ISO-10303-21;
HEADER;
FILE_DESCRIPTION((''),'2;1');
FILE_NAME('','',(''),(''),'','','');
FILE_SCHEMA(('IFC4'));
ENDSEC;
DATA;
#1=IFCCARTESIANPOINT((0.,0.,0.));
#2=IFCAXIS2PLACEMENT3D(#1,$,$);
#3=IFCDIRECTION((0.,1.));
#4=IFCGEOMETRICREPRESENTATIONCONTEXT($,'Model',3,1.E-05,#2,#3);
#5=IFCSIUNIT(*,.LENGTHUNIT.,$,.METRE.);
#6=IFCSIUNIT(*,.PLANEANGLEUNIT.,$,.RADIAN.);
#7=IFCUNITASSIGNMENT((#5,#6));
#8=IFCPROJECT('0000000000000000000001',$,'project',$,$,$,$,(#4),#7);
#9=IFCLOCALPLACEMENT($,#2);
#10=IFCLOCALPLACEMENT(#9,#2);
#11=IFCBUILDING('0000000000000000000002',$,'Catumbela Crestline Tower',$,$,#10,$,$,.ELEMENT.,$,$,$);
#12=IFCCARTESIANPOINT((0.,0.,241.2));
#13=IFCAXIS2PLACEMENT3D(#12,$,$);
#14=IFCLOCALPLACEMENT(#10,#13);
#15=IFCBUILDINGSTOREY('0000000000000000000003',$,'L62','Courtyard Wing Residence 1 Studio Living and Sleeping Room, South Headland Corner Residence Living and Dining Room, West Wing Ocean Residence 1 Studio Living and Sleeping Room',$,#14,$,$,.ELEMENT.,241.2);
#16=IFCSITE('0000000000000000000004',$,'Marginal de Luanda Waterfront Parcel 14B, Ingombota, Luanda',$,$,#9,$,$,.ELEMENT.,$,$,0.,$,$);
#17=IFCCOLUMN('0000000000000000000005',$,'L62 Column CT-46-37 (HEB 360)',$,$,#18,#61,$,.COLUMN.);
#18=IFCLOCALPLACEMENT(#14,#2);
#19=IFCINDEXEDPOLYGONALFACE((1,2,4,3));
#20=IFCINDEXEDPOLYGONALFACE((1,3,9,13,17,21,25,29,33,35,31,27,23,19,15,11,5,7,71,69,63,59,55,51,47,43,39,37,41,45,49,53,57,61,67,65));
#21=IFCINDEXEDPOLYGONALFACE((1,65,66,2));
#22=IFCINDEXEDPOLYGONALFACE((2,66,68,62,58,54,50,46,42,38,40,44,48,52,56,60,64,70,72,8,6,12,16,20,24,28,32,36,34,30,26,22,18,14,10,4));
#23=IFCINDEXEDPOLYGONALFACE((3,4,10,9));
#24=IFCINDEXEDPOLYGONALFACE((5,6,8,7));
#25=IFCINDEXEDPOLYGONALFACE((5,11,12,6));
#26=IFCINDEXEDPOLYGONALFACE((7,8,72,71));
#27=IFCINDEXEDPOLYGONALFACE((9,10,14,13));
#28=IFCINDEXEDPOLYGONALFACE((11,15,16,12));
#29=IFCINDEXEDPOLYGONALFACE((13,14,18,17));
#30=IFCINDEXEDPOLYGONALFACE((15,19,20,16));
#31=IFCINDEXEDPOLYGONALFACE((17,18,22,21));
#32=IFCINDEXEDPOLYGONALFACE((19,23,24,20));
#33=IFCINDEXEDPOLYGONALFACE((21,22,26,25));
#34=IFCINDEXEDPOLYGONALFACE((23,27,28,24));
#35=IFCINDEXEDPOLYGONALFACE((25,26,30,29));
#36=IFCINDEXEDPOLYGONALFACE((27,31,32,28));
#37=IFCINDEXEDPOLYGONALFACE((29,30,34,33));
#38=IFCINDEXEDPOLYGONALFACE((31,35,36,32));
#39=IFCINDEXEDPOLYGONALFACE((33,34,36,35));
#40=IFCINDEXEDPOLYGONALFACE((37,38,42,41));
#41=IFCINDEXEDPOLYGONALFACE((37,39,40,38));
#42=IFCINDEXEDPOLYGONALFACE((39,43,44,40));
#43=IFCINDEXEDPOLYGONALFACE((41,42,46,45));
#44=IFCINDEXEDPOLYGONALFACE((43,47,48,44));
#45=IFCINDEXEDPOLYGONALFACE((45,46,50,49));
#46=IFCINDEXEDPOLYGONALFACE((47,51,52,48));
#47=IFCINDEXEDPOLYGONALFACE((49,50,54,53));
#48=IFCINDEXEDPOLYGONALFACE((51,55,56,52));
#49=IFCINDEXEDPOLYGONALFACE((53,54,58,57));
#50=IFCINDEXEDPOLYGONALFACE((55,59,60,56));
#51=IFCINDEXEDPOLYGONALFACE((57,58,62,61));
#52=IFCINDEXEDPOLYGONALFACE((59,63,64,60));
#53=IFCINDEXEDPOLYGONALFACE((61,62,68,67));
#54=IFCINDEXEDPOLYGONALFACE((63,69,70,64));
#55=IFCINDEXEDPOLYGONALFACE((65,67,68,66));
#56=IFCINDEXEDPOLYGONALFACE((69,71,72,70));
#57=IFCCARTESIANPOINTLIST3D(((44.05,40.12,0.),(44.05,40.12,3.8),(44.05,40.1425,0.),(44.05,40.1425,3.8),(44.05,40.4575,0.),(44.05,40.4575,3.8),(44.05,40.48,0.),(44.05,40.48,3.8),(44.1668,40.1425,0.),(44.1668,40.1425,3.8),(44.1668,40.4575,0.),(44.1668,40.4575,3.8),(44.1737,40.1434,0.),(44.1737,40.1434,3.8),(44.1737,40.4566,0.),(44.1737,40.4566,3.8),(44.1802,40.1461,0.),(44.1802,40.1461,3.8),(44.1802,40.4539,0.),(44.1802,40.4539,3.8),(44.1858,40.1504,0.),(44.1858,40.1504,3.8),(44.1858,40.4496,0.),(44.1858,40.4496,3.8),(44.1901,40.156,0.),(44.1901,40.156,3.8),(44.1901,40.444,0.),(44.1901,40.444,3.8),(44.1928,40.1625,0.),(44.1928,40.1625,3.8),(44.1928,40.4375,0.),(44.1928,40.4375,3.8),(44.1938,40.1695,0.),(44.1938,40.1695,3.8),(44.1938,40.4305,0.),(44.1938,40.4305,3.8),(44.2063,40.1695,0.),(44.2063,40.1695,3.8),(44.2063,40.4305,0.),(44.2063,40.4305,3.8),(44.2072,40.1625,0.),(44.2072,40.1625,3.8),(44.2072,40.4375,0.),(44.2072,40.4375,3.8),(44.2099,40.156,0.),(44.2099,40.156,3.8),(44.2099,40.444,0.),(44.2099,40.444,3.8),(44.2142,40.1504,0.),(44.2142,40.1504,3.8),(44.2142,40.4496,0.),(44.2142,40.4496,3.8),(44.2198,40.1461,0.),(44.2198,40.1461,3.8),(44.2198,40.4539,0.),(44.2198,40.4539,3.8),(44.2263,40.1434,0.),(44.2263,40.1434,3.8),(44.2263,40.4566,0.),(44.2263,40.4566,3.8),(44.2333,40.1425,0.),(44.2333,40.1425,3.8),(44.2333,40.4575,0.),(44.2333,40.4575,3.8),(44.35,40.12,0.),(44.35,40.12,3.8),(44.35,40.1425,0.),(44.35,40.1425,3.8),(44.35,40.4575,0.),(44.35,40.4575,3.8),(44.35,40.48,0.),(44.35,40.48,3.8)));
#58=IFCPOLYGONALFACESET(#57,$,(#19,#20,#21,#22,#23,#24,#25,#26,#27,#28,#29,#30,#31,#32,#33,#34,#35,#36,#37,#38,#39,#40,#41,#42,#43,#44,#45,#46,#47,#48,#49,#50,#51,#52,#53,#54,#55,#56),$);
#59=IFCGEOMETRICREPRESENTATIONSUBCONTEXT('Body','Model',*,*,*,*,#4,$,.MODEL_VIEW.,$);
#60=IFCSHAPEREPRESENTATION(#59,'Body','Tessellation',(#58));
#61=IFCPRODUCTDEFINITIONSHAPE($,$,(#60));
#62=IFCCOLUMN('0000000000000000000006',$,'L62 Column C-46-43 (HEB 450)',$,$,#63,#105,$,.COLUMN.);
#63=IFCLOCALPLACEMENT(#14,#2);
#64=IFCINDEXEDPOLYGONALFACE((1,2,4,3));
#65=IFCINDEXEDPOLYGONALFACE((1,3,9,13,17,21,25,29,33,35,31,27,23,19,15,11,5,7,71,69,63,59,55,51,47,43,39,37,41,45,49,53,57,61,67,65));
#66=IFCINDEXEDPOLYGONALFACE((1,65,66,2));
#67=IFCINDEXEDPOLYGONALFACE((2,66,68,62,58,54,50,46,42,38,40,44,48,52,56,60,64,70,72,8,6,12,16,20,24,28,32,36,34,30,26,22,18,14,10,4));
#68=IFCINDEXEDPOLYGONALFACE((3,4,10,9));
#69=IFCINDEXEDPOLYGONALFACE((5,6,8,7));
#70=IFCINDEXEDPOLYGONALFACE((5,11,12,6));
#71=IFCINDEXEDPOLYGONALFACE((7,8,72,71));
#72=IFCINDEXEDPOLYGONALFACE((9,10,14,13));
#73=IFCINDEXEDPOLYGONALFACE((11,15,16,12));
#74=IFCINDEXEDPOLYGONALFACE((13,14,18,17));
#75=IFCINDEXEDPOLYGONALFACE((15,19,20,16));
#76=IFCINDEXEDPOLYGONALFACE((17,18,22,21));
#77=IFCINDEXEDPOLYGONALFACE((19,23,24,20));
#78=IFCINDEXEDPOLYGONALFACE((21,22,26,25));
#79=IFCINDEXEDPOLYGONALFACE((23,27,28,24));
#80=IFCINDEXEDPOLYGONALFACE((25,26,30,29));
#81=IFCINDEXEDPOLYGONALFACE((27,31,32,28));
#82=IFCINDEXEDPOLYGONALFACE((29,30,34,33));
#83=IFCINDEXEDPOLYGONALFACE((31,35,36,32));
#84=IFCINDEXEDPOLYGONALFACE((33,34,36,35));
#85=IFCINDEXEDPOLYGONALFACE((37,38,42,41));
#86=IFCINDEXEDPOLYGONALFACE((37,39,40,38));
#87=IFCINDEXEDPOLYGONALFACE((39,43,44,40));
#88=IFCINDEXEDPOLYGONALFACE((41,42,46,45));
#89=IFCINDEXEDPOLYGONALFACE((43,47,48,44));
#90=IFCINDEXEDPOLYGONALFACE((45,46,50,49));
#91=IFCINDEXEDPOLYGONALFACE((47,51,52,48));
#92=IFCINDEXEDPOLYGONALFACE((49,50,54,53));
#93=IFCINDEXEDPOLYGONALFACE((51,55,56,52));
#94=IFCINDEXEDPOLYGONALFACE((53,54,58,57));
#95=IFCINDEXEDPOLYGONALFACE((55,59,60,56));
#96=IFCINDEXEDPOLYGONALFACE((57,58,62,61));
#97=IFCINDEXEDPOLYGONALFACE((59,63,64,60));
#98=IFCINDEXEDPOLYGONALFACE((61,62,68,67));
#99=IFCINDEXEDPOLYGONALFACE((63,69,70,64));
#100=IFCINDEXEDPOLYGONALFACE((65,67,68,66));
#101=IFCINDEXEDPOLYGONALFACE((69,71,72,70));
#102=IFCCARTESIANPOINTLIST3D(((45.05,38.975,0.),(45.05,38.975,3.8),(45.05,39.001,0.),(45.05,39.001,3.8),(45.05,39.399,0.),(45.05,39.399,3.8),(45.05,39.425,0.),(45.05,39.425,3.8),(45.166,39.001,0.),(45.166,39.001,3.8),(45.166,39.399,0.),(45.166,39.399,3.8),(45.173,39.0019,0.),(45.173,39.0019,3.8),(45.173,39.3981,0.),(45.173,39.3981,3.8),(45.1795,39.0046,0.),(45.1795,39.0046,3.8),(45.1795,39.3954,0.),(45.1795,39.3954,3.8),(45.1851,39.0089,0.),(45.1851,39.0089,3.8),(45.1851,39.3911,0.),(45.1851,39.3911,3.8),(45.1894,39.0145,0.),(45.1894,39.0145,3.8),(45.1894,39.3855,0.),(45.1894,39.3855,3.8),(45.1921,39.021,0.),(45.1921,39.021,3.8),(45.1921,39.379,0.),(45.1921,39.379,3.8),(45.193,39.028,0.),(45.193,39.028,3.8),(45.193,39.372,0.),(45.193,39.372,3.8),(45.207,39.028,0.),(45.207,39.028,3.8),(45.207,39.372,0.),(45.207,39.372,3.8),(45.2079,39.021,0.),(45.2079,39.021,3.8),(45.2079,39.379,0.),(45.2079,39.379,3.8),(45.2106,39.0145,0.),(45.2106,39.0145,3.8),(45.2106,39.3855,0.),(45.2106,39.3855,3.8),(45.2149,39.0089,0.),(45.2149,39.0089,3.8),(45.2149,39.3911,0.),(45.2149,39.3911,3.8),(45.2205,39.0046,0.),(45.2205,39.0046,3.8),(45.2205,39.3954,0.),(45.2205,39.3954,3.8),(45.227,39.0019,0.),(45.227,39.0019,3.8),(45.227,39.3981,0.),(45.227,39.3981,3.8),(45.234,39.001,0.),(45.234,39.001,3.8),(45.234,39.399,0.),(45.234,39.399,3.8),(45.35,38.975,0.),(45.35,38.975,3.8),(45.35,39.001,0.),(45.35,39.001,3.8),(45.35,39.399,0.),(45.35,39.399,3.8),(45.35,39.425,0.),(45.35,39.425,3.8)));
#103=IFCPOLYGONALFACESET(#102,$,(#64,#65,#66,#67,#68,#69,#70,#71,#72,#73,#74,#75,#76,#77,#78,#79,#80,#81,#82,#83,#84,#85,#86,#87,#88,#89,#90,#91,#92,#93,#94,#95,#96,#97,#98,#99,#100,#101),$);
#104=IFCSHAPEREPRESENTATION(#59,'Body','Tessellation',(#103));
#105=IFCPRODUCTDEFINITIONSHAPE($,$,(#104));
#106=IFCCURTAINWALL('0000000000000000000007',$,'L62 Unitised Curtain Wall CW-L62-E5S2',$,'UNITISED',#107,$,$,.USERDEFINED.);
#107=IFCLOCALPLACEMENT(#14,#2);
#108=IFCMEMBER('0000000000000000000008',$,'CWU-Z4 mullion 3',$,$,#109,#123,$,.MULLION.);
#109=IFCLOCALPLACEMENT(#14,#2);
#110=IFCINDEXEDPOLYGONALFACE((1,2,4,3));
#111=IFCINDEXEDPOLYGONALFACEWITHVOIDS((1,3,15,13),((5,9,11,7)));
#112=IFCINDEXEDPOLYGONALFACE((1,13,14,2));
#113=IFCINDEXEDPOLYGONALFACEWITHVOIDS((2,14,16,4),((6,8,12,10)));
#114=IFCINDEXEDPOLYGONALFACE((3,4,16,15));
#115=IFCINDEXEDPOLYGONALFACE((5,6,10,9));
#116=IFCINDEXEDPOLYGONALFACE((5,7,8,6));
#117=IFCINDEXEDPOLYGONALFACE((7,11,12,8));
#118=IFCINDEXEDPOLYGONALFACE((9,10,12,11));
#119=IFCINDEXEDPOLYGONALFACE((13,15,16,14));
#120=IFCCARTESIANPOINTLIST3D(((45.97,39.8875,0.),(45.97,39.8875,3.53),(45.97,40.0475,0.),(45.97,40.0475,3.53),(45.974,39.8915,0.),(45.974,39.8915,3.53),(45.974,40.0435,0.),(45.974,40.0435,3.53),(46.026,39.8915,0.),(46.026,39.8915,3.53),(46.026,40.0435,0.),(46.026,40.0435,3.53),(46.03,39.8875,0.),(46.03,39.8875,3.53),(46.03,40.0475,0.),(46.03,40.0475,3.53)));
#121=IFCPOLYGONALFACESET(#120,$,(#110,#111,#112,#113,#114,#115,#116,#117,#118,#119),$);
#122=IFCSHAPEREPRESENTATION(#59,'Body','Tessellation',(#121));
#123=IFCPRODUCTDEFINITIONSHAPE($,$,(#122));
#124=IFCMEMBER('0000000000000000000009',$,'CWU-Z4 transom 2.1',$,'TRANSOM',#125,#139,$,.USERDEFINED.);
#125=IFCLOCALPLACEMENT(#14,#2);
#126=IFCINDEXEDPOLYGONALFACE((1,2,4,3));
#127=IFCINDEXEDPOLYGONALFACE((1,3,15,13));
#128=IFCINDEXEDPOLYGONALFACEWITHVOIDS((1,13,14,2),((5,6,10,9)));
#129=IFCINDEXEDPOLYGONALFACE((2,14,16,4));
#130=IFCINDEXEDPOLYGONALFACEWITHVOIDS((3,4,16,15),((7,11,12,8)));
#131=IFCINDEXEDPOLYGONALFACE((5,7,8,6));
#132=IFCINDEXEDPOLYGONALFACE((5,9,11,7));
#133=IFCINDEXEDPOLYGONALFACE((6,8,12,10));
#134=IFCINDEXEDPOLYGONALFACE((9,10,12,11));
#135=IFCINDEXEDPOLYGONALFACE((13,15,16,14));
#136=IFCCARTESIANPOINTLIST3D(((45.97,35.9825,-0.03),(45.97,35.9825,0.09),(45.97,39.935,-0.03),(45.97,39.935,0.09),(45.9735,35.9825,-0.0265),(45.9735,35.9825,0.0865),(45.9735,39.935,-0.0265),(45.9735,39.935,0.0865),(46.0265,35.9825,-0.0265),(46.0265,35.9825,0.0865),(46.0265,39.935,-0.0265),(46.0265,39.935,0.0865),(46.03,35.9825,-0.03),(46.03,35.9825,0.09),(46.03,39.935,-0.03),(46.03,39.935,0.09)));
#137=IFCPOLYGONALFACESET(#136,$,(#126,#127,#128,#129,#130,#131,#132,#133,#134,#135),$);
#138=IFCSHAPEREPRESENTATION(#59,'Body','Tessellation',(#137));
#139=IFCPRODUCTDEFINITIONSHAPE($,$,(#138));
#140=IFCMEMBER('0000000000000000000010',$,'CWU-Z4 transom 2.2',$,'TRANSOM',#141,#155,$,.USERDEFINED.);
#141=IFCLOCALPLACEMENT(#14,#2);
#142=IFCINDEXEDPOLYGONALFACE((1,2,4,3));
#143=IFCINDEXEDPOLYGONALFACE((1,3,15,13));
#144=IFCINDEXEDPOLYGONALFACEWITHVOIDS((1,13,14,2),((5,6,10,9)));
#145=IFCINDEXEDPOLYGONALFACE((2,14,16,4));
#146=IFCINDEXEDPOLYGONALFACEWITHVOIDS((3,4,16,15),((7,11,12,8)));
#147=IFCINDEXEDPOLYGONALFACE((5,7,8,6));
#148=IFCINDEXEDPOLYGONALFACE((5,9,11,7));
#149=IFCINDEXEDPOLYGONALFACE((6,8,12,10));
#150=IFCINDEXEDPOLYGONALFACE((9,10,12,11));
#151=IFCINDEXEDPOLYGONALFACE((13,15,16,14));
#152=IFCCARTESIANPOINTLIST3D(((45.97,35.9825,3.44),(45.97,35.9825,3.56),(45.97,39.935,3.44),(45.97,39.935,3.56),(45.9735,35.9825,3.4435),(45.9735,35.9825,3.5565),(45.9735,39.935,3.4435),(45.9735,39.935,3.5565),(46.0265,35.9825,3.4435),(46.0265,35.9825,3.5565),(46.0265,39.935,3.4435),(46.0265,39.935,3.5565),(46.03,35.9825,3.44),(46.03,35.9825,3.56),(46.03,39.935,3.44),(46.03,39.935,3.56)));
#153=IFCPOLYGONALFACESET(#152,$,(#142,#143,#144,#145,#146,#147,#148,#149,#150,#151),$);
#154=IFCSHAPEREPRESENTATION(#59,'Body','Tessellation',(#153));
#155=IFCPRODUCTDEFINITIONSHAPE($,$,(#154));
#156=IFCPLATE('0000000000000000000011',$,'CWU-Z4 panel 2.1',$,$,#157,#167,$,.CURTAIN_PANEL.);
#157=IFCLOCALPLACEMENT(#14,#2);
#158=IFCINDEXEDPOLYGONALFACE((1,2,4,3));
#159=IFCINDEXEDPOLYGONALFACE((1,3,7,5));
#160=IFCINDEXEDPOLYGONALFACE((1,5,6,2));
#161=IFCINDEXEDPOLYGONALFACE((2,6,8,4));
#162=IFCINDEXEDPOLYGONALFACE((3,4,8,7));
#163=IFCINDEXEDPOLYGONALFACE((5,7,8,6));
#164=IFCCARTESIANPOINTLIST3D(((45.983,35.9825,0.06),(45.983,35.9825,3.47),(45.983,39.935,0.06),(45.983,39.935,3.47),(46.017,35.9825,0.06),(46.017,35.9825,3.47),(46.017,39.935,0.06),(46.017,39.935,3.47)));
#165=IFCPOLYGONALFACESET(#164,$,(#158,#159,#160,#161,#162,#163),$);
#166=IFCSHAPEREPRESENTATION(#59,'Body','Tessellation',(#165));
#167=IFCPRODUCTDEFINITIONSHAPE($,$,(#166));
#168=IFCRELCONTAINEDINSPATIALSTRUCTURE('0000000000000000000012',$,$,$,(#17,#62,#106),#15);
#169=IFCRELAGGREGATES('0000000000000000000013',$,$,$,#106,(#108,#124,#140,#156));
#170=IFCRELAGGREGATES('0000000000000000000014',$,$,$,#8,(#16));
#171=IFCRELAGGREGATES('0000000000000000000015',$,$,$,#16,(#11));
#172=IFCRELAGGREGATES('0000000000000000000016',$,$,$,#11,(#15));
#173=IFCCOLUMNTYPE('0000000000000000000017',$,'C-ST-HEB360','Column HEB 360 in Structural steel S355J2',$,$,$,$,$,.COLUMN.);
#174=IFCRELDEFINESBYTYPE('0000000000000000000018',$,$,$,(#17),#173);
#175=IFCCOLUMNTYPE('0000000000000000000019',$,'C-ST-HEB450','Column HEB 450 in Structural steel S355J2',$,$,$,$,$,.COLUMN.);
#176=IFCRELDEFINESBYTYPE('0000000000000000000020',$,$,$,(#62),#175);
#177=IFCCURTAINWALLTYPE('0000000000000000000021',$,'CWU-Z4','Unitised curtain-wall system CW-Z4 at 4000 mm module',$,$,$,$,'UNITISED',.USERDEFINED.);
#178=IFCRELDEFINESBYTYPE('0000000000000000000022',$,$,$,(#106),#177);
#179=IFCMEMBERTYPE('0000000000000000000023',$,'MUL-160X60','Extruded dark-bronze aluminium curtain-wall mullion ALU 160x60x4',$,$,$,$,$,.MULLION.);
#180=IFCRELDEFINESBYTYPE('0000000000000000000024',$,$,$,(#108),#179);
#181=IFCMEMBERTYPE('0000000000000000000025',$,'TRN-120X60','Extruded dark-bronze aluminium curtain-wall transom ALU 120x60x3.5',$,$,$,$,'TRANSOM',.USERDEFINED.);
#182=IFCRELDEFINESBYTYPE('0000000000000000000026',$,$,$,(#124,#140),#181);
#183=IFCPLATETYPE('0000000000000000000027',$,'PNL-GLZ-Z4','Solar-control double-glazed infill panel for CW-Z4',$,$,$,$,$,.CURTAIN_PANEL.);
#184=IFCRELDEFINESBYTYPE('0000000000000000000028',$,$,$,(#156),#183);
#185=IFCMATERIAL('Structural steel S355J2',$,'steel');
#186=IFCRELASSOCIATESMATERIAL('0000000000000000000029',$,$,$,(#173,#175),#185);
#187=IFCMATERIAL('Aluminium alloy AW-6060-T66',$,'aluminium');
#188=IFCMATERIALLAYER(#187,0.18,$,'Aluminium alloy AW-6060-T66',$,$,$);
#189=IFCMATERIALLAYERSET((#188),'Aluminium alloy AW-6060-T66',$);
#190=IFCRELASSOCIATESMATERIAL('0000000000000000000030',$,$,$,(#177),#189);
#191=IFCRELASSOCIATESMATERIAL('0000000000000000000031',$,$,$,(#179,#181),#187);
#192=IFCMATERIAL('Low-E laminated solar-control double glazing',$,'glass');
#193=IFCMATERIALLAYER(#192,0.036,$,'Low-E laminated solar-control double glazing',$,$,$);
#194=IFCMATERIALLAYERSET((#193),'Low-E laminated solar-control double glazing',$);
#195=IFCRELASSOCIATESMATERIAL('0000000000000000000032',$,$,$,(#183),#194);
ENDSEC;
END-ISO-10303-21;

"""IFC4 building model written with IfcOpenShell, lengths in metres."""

from ifc_helpers import new_model, si_unit, direction, frame, origin, origin_2d, place, context, subcontext, project, spatial, rectangle, hollow_rectangle, i_section, extrude, material, layer, layer_set, material_profile, profile_set, type_object, element, aggregate, save


model = new_model("IFC4")

# Units and contexts
model_context = context("Model", 3, precision=1e-05, world=origin(), true_north=direction((0.0, 1.0)))
body_context = subcontext(model_context, "Body", "Model", "MODEL_VIEW")
ifc_project = project(units=[si_unit("LENGTHUNIT", "METRE"), si_unit("PLANEANGLEUNIT", "RADIAN")], contexts=[model_context])

# Site, building, storey
site_placement = place(None, origin())
site = spatial("IfcSite", under=ifc_project, at=site_placement, Name="Marginal de Luanda Waterfront Parcel 14B, Ingombota, Luanda", CompositionType="ELEMENT", RefElevation=0.0)
building_placement = place(site_placement, origin())
building = spatial("IfcBuilding", under=site, at=building_placement, Name="Catumbela Crestline Tower", CompositionType="ELEMENT")
storey_placement = place(building_placement, frame((0.0, 0.0, 241.2)))
storey = spatial("IfcBuildingStorey", under=building, at=storey_placement, Name="L62", Description="Courtyard Wing Residence 1 Studio Living and Sleeping Room, South Headland Corner Residence Living and Dining Room, West Wing Ocean Residence 1 Studio Living and Sleeping Room", CompositionType="ELEMENT", Elevation=241.2)

# Columns
ifc_material_1 = material(Name="Structural steel S355J2", Category="steel")
ifc_material_profile_1 = material_profile(ifc_material_1, i_section(OverallWidth=0.3, OverallDepth=0.36, WebThickness=0.0125, FlangeThickness=0.0225, FilletRadius=0.027, at=origin_2d()), Name="HEB 360")
ifc_profile_set_1 = profile_set([ifc_material_profile_1], Name="Structural steel S355J2")
column_type_1 = type_object("IfcColumnType", Name="C-ST-HEB360", Description="Column HEB 360 in Structural steel S355J2", PredefinedType="COLUMN", material=ifc_profile_set_1)
column_1_placement = place(storey_placement, frame((44.2, 40.3, 0.0), z_axis=(0.0, 0.0, 1.0), x_axis=(1.0, 0.0, 0.0)))
element("IfcColumn", 1, at=column_1_placement, inside=storey, type_object=column_type_1, Name="L62 Column CT-46-37 (HEB 360)", PredefinedType="COLUMN", context=body_context, shape_type="SweptSolid", body=[
    extrude(i_section(OverallWidth=0.3, OverallDepth=0.36, WebThickness=0.0125, FlangeThickness=0.0225, FilletRadius=0.027, at=origin_2d()), origin(), (0.0, 0.0, 1.0), 3.8),
])
ifc_material_profile_2 = material_profile(ifc_material_1, i_section(OverallWidth=0.3, OverallDepth=0.45, WebThickness=0.014, FlangeThickness=0.026, FilletRadius=0.027, at=origin_2d()), Name="HEB 450")
ifc_profile_set_2 = profile_set([ifc_material_profile_2], Name="Structural steel S355J2")
column_type_2 = type_object("IfcColumnType", Name="C-ST-HEB450", Description="Column HEB 450 in Structural steel S355J2", PredefinedType="COLUMN", material=ifc_profile_set_2)
column_2_placement = place(storey_placement, frame((45.2, 39.2, 0.0), z_axis=(0.0, 0.0, 1.0), x_axis=(1.0, 0.0, 0.0)))
element("IfcColumn", 2, at=column_2_placement, inside=storey, type_object=column_type_2, Name="L62 Column C-46-43 (HEB 450)", PredefinedType="COLUMN", context=body_context, shape_type="SweptSolid", body=[
    extrude(i_section(OverallWidth=0.3, OverallDepth=0.45, WebThickness=0.014, FlangeThickness=0.026, FilletRadius=0.027, at=origin_2d()), origin(), (0.0, 0.0, 1.0), 3.8),
])

# Curtain wall, members, plate
ifc_material_2 = material(Name="Aluminium alloy AW-6060-T66", Category="aluminium")
ifc_layer_1 = layer(ifc_material_2, 0.18, Name="Aluminium alloy AW-6060-T66")
ifc_layer_set_1 = layer_set([ifc_layer_1], Name="Aluminium alloy AW-6060-T66")
curtain_wall_type = type_object("IfcCurtainWallType", Name="CWU-Z4", Description="Unitised curtain-wall system CW-Z4 at 4000 mm module", ElementType="UNITISED", PredefinedType="USERDEFINED", material=ifc_layer_set_1)
curtain_wall_placement = place(storey_placement, origin())
curtain_wall = element("IfcCurtainWall", 3, at=curtain_wall_placement, inside=storey, type_object=curtain_wall_type, Name="L62 Unitised Curtain Wall CW-L62-E5S2", ObjectType="UNITISED", PredefinedType="USERDEFINED")
ifc_material_profile_3 = material_profile(ifc_material_2, hollow_rectangle(XDim=0.06, YDim=0.16, WallThickness=0.004, at=origin_2d()), Name="ALU 160x60x4")
ifc_profile_set_3 = profile_set([ifc_material_profile_3], Name="Aluminium alloy AW-6060-T66")
member_type_1 = type_object("IfcMemberType", Name="MUL-160X60", Description="Extruded dark-bronze aluminium curtain-wall mullion ALU 160x60x4", PredefinedType="MULLION", material=ifc_profile_set_3)
member_1_placement = place(storey_placement, frame((46.0, 39.9675, 0.0), z_axis=(0.0, 0.0, 1.0), x_axis=(-1.0, 0.0, 0.0)))
member_1 = element("IfcMember", 4, at=member_1_placement, type_object=member_type_1, Name="CWU-Z4 mullion 3", PredefinedType="MULLION", context=body_context, shape_type="SweptSolid", body=[
    extrude(hollow_rectangle(XDim=0.06, YDim=0.16, WallThickness=0.004, at=origin_2d()), origin(), (0.0, 0.0, 1.0), 3.53),
])
ifc_material_profile_4 = material_profile(ifc_material_2, hollow_rectangle(XDim=0.06, YDim=0.12, WallThickness=0.0035, at=origin_2d()), Name="ALU 120x60x3.5")
ifc_profile_set_4 = profile_set([ifc_material_profile_4], Name="Aluminium alloy AW-6060-T66")
member_type_2 = type_object("IfcMemberType", Name="TRN-120X60", Description="Extruded dark-bronze aluminium curtain-wall transom ALU 120x60x3.5", ElementType="TRANSOM", PredefinedType="USERDEFINED", material=ifc_profile_set_4)
member_2_placement = place(storey_placement, frame((46.0, 35.9825, 0.03), z_axis=(0.0, 1.0, 0.0), x_axis=(-1.0, 0.0, 0.0)))
member_2 = element("IfcMember", 5, at=member_2_placement, type_object=member_type_2, Name="CWU-Z4 transom 2.1", ObjectType="TRANSOM", PredefinedType="USERDEFINED", context=body_context, shape_type="SweptSolid", body=[
    extrude(hollow_rectangle(XDim=0.06, YDim=0.12, WallThickness=0.0035, at=origin_2d()), origin(), (0.0, 0.0, 1.0), 3.9525),
])
member_3_placement = place(storey_placement, frame((46.0, 35.9825, 3.5), z_axis=(0.0, 1.0, 0.0), x_axis=(-1.0, 0.0, 0.0)))
member_3 = element("IfcMember", 6, at=member_3_placement, type_object=member_type_2, Name="CWU-Z4 transom 2.2", ObjectType="TRANSOM", PredefinedType="USERDEFINED", context=body_context, shape_type="SweptSolid", body=[
    extrude(hollow_rectangle(XDim=0.06, YDim=0.12, WallThickness=0.0035, at=origin_2d()), origin(), (0.0, 0.0, 1.0), 3.9525),
])
ifc_material_3 = material(Name="Low-E laminated solar-control double glazing", Category="glass")
ifc_layer_2 = layer(ifc_material_3, 0.036, Name="Low-E laminated solar-control double glazing")
ifc_layer_set_2 = layer_set([ifc_layer_2], Name="Low-E laminated solar-control double glazing")
plate_type = type_object("IfcPlateType", Name="PNL-GLZ-Z4", Description="Solar-control double-glazed infill panel for CW-Z4", PredefinedType="CURTAIN_PANEL", material=ifc_layer_set_2)
plate_placement = place(storey_placement, frame((46.0, 37.9588, 0.06), z_axis=(0.0, 0.0, 1.0), x_axis=(0.0, 1.0, 0.0)))
plate = element("IfcPlate", 7, at=plate_placement, type_object=plate_type, Name="CWU-Z4 panel 2.1", PredefinedType="CURTAIN_PANEL", context=body_context, shape_type="SweptSolid", body=[
    extrude(rectangle(XDim=3.9525, YDim=0.034, at=origin_2d()), origin(), (0.0, 0.0, 1.0), 3.41),
])
aggregate(curtain_wall, [member_1, member_2, member_3, plate])

save(model, "model.ifc")
